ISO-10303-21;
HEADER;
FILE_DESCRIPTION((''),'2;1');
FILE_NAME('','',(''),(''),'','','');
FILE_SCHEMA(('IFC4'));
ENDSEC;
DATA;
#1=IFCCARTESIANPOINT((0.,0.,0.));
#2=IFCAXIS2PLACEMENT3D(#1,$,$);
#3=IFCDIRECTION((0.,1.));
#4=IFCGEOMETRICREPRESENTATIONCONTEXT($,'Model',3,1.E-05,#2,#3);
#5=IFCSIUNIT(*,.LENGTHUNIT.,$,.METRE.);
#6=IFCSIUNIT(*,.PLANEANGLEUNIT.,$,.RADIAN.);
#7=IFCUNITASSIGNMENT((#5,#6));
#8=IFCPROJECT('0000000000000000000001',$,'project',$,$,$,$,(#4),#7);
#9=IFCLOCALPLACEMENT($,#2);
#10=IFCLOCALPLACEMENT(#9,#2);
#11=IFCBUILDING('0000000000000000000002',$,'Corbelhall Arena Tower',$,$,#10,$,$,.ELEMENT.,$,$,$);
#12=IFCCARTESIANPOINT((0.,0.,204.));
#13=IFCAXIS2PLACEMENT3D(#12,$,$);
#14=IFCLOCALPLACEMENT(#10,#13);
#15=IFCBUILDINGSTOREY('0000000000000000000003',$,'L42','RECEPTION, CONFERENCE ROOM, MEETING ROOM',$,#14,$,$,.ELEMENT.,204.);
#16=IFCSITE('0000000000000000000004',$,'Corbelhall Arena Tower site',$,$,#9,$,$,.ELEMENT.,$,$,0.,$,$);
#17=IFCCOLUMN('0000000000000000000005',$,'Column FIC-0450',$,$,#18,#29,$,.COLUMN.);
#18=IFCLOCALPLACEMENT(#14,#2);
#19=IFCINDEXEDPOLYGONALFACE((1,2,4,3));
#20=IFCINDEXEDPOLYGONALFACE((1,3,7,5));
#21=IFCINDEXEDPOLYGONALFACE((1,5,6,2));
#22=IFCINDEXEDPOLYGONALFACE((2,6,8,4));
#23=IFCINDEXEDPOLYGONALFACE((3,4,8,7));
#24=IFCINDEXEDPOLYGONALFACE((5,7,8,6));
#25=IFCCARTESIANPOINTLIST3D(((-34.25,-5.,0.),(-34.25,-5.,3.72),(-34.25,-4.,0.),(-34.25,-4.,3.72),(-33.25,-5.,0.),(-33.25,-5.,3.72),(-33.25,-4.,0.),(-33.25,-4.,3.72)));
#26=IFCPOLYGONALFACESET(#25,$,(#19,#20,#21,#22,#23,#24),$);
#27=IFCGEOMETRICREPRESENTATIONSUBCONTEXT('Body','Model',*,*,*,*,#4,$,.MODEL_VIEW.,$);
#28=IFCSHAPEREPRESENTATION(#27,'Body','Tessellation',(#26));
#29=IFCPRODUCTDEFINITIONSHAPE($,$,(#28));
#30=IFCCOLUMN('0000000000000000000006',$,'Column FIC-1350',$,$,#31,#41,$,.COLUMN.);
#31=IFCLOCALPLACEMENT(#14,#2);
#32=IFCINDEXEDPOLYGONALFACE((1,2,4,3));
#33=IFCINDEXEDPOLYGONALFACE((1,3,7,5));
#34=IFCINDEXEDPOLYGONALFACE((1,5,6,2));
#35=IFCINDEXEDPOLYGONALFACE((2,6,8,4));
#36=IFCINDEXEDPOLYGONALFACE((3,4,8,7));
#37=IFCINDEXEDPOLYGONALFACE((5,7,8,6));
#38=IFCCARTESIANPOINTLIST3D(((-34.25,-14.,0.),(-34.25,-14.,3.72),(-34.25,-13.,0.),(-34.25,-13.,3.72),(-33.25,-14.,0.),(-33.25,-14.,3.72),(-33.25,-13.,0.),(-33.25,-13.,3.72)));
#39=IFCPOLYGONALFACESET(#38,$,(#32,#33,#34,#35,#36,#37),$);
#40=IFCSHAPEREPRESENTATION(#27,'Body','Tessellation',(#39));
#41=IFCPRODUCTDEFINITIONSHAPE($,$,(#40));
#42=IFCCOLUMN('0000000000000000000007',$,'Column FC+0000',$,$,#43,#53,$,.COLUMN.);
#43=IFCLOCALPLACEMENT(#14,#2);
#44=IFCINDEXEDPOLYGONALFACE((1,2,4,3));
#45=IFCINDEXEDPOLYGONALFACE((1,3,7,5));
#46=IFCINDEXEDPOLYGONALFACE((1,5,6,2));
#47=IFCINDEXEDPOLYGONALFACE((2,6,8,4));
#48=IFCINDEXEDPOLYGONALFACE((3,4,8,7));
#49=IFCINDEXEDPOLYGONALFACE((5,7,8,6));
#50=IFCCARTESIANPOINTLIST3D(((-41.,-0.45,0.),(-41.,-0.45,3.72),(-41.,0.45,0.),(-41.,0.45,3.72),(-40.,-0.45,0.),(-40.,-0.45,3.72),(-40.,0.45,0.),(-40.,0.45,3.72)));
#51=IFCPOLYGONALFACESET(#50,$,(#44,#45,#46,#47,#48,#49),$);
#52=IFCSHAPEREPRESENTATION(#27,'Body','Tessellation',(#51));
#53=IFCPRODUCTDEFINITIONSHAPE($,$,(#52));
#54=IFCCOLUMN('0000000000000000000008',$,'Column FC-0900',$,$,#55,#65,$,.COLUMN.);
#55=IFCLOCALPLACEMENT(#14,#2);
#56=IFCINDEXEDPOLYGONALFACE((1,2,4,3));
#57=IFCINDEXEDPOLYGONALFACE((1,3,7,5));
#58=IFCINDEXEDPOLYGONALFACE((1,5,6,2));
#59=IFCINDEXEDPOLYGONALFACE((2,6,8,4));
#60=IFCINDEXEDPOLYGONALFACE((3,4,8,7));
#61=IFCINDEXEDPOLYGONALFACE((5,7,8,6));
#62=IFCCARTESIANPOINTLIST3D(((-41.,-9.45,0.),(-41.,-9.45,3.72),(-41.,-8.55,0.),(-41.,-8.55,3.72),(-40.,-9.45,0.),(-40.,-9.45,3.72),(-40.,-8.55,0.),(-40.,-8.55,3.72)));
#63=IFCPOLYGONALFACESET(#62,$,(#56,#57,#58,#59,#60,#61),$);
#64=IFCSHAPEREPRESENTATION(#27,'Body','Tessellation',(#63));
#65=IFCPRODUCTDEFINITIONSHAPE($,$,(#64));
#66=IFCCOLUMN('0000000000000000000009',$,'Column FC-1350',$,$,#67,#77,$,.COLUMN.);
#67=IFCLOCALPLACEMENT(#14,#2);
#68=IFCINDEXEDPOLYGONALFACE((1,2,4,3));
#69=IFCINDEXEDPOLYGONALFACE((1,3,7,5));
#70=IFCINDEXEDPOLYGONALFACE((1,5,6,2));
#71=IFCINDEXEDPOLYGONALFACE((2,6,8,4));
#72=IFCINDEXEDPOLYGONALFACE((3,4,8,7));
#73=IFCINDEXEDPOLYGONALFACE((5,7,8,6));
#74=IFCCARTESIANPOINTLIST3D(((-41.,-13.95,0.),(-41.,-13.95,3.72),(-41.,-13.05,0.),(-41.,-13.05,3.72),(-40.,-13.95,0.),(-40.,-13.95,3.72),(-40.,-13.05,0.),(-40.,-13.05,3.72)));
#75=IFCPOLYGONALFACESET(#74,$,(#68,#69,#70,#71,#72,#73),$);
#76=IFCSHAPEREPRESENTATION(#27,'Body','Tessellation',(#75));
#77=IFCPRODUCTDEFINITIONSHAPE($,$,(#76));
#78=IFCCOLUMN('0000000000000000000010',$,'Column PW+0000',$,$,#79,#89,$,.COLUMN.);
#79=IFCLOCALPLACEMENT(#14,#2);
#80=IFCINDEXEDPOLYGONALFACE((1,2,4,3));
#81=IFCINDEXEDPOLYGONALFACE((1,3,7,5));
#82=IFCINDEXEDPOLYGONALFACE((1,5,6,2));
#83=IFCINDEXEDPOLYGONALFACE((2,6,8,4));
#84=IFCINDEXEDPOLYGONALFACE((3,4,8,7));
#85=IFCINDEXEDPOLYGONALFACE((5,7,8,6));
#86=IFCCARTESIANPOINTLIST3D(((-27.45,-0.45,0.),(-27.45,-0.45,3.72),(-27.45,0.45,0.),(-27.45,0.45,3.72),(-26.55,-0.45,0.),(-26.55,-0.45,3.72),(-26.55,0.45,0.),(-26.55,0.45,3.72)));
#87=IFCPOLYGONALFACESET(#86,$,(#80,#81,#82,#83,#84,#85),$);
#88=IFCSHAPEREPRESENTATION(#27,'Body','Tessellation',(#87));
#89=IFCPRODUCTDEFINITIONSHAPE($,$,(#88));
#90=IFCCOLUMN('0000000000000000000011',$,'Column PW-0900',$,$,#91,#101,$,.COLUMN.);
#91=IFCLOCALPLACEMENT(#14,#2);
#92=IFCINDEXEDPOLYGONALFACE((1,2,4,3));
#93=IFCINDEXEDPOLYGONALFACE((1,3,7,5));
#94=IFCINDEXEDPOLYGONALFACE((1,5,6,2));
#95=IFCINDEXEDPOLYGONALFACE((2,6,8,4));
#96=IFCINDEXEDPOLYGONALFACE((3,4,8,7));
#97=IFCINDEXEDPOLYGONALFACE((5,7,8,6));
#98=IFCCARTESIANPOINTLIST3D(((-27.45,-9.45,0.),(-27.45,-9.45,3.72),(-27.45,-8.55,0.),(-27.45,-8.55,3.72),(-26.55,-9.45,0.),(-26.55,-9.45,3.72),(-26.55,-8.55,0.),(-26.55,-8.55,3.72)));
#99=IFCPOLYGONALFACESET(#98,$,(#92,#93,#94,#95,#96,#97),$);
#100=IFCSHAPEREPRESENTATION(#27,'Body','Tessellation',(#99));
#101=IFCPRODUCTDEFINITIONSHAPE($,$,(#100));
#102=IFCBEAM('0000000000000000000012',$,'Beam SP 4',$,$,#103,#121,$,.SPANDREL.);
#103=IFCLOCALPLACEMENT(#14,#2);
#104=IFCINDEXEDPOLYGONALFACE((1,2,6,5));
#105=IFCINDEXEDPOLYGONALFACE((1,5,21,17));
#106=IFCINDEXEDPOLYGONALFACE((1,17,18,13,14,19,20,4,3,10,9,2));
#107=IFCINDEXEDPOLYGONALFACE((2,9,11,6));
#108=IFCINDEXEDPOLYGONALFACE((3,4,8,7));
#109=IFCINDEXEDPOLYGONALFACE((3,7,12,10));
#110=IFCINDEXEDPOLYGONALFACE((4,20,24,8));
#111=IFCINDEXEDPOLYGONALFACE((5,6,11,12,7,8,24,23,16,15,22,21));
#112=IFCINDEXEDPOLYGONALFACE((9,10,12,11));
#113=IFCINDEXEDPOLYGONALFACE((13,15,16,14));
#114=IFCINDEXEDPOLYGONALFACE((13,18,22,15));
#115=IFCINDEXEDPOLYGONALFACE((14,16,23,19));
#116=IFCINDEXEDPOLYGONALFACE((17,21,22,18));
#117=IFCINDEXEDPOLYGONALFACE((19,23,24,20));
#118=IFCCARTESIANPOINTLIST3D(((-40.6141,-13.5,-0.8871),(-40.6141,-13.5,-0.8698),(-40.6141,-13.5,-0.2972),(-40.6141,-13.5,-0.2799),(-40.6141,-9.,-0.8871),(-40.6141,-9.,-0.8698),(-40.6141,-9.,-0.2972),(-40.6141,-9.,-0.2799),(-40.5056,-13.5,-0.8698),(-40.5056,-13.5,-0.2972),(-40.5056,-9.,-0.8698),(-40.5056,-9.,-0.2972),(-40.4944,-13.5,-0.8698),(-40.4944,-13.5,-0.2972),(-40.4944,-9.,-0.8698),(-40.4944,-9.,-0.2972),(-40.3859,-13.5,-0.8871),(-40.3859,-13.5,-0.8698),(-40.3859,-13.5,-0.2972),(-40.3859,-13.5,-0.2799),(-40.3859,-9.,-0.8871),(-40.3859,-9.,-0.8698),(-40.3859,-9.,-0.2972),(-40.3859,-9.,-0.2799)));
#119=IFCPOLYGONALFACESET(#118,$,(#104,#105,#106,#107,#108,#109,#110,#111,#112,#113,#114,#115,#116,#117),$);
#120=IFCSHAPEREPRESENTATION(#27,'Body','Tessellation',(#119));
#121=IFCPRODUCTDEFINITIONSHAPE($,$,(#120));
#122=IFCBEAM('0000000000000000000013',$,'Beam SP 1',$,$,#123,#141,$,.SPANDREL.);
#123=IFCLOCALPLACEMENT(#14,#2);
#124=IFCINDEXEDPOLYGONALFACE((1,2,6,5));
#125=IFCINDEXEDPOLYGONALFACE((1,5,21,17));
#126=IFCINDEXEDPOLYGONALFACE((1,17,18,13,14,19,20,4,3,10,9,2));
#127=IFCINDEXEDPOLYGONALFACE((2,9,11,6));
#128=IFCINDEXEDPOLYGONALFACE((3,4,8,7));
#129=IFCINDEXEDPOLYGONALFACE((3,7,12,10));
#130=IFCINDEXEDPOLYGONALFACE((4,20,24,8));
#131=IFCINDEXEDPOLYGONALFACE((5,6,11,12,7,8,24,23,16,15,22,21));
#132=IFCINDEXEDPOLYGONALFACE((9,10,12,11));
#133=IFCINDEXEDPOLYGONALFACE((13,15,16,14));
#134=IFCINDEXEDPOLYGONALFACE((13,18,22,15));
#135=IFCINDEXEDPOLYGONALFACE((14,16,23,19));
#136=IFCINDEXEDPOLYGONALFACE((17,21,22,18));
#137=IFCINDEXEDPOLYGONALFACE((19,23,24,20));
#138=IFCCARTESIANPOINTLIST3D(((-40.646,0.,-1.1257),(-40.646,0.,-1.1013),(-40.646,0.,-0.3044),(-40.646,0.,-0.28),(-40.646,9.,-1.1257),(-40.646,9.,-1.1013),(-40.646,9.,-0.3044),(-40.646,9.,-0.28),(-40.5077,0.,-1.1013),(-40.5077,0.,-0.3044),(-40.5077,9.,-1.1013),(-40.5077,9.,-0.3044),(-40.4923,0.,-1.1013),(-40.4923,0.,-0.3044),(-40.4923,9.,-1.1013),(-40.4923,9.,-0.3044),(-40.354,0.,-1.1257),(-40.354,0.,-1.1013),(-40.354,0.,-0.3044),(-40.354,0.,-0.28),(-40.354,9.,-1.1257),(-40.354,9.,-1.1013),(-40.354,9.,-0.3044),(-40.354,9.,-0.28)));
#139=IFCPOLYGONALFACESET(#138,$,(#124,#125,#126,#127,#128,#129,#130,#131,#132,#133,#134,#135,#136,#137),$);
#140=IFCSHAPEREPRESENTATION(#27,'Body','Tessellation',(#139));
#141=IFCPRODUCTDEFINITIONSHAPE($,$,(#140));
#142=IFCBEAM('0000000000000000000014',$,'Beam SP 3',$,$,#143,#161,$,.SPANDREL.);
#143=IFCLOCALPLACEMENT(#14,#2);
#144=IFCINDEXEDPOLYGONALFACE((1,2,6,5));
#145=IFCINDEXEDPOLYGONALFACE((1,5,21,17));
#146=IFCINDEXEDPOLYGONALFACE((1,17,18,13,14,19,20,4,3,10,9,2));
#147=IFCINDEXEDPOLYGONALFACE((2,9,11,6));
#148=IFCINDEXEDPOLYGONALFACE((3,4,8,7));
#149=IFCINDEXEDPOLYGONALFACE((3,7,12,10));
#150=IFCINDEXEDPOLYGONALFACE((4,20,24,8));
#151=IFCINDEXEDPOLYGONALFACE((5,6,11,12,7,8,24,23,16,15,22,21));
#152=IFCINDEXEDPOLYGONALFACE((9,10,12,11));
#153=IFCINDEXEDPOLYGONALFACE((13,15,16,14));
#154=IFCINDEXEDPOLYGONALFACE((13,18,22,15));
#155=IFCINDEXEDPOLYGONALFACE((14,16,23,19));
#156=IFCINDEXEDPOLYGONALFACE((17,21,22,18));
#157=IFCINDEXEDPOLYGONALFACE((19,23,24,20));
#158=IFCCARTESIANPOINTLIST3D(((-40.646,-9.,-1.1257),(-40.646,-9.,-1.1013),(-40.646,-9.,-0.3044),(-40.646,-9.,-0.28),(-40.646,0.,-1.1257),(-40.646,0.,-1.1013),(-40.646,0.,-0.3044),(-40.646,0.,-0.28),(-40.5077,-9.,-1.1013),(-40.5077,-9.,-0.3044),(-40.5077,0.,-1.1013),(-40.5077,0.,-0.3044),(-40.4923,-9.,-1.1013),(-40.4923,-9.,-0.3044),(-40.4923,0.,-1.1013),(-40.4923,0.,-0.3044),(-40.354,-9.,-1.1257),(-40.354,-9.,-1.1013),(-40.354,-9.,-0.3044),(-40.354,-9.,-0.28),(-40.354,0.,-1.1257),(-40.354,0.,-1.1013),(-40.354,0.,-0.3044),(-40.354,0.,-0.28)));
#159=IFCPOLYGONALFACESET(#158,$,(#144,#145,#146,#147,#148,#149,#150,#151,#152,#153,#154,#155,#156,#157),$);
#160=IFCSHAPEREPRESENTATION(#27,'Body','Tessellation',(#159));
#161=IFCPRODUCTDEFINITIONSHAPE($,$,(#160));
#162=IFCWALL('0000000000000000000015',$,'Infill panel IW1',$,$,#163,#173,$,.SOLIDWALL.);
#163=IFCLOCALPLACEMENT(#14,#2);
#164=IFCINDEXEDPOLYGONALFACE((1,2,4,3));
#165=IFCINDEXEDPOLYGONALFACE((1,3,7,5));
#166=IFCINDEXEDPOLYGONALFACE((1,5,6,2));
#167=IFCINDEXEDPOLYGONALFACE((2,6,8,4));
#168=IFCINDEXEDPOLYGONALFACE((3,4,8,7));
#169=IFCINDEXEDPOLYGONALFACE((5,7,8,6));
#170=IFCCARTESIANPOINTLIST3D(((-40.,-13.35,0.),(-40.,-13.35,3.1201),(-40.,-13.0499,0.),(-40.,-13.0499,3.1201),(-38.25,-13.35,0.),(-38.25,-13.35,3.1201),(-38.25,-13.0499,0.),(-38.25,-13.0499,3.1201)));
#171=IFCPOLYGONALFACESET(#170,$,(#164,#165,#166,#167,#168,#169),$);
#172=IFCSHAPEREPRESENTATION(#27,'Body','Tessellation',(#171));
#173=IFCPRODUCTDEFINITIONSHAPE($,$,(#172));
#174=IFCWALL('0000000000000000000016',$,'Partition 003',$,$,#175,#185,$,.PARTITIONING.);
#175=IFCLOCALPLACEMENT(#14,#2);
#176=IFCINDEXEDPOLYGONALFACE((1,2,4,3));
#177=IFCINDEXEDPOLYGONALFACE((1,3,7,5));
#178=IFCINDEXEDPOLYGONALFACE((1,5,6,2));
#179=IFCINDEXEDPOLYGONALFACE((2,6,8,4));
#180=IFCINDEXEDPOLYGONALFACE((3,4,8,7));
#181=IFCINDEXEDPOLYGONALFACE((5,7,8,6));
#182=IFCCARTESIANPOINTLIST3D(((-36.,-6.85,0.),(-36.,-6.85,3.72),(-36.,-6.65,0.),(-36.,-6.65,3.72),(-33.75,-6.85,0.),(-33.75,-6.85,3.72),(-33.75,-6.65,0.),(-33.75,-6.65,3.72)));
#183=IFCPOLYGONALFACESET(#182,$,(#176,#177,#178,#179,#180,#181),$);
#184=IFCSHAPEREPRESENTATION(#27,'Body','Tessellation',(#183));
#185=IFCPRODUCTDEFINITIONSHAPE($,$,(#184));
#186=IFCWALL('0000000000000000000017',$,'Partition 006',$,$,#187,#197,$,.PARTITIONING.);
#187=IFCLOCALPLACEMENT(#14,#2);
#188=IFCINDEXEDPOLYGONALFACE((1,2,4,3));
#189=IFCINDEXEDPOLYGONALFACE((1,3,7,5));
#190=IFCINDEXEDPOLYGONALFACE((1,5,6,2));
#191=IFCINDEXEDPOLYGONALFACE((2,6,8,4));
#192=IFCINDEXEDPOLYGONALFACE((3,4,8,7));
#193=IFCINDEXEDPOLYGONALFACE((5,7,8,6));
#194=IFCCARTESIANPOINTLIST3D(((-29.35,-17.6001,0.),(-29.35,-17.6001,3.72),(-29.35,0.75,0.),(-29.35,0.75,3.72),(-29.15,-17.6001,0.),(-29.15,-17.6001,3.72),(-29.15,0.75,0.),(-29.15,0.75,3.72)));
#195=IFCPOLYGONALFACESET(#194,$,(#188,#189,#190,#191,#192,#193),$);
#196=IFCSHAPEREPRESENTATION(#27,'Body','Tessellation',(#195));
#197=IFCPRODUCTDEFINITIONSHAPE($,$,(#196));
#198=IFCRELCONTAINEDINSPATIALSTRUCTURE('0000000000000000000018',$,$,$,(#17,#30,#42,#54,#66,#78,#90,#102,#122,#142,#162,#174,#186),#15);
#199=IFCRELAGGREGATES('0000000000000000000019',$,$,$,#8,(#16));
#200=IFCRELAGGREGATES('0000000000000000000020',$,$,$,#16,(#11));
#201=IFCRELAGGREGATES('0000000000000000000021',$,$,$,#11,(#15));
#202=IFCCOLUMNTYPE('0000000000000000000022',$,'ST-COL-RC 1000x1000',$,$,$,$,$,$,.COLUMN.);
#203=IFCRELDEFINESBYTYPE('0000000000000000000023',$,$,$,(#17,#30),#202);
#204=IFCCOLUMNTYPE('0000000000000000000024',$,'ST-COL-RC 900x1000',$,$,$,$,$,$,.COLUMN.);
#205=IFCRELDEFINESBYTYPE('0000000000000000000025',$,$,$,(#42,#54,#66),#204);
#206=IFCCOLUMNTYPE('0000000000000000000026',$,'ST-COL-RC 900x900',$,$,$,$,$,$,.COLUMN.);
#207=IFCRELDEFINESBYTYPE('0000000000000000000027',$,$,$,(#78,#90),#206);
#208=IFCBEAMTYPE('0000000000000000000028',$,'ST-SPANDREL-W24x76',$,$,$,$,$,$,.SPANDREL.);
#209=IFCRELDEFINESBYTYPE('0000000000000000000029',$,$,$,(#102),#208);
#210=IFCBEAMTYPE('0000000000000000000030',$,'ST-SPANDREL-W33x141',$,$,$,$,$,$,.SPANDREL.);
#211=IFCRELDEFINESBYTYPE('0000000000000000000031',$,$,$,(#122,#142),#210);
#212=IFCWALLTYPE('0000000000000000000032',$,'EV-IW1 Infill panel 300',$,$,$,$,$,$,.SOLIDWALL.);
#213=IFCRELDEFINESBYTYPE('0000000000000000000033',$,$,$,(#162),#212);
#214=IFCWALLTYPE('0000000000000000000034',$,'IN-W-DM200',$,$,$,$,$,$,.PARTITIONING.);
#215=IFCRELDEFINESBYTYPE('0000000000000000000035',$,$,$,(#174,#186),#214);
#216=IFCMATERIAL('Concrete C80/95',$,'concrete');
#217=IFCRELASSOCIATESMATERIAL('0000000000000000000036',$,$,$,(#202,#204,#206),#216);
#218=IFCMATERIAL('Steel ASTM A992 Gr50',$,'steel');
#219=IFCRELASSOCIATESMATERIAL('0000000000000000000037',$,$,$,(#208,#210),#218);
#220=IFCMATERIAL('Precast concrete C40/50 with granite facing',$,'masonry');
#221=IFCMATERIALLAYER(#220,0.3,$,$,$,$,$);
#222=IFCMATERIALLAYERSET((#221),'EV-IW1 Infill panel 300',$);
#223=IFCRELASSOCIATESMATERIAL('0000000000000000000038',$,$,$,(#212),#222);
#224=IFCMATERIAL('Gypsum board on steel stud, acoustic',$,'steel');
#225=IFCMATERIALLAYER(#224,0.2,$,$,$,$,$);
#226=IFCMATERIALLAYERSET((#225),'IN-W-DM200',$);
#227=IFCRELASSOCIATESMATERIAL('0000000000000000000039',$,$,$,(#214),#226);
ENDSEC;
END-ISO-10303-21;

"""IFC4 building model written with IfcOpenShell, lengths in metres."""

from ifc_helpers import new_model, si_unit, direction, frame, frame_2d, origin, origin_2d, place, context, subcontext, project, spatial, rectangle, i_section, extrude, material, layer, layer_set, material_profile, profile_set, type_object, element, save


model = new_model("IFC4")

# Units and contexts
model_context = context("Model", 3, precision=1e-05, world=origin(), true_north=direction((0.0, 1.0)))
body_context = subcontext(model_context, "Body", "Model", "MODEL_VIEW")
ifc_project = project(units=[si_unit("LENGTHUNIT", "METRE"), si_unit("PLANEANGLEUNIT", "RADIAN")], contexts=[model_context])

# Site, building, storey
site_placement = place(None, origin())
site = spatial("IfcSite", under=ifc_project, at=site_placement, Name="Corbelhall Arena Tower site", CompositionType="ELEMENT", RefElevation=0.0)
building_placement = place(site_placement, origin())
building = spatial("IfcBuilding", under=site, at=building_placement, Name="Corbelhall Arena Tower", CompositionType="ELEMENT")
storey_placement = place(building_placement, frame((0.0, 0.0, 204.0)))
storey = spatial("IfcBuildingStorey", under=building, at=storey_placement, Name="L42", Description="RECEPTION, CONFERENCE ROOM, MEETING ROOM", CompositionType="ELEMENT", Elevation=204.0)

# Columns
ifc_material_1 = material(Name="Concrete C80/95", Category="concrete")
ifc_material_profile_1 = material_profile(ifc_material_1, rectangle(XDim=1.0, YDim=1.0, at=origin_2d()))
ifc_profile_set_1 = profile_set([ifc_material_profile_1], Name="Concrete C80/95")
column_type_1 = type_object("IfcColumnType", Name="ST-COL-RC 1000x1000", PredefinedType="COLUMN", material=ifc_profile_set_1)
for number, where, z_axis, x_axis, name in (
    (1, (-33.75, -4.5, 0.0), (0.0, 0.0, 1.0), (1.0, 0.0, 0.0), "Column FIC-0450"),
    (2, (-33.75, -13.5, 0.0), (0.0, 0.0, 1.0), (1.0, 0.0, 0.0), "Column FIC-1350"),
):
    element("IfcColumn", number, at=place(storey_placement, frame(where, z_axis=z_axis, x_axis=x_axis)), inside=storey, type_object=column_type_1, Name=name, PredefinedType="COLUMN", context=body_context, shape_type="SweptSolid", body=[
        extrude(rectangle(XDim=1.0, YDim=1.0, at=origin_2d()), origin(), (0.0, 0.0, 1.0), 3.72),
    ])
ifc_material_profile_2 = material_profile(ifc_material_1, rectangle(XDim=0.8999, YDim=1.0, at=origin_2d()))
ifc_profile_set_2 = profile_set([ifc_material_profile_2], Name="Concrete C80/95")
column_type_2 = type_object("IfcColumnType", Name="ST-COL-RC 900x1000", PredefinedType="COLUMN", material=ifc_profile_set_2)
for number, where, z_axis, x_axis, name in (
    (3, (-40.5, 0.0, 0.0), (0.0, 0.0, 1.0), (0.0, 1.0, 0.0), "Column FC+0000"),
    (4, (-40.5, -9.0, 0.0), (0.0, 0.0, 1.0), (0.0, 1.0, 0.0), "Column FC-0900"),
    (5, (-40.5, -13.5, 0.0), (0.0, 0.0, 1.0), (0.0, 1.0, 0.0), "Column FC-1350"),
):
    element("IfcColumn", number, at=place(storey_placement, frame(where, z_axis=z_axis, x_axis=x_axis)), inside=storey, type_object=column_type_2, Name=name, PredefinedType="COLUMN", context=body_context, shape_type="SweptSolid", body=[
        extrude(rectangle(XDim=0.8999, YDim=1.0, at=origin_2d()), origin(), (0.0, 0.0, 1.0), 3.72),
    ])
ifc_material_profile_3 = material_profile(ifc_material_1, rectangle(XDim=0.8999, YDim=0.8999, at=origin_2d()))
ifc_profile_set_3 = profile_set([ifc_material_profile_3], Name="Concrete C80/95")
column_type_3 = type_object("IfcColumnType", Name="ST-COL-RC 900x900", PredefinedType="COLUMN", material=ifc_profile_set_3)
for number, where, z_axis, x_axis, name in (
    (6, (-27.0, 0.0, 0.0), (0.0, 0.0, 1.0), (1.0, 0.0, 0.0), "Column PW+0000"),
    (7, (-27.0, -9.0, 0.0), (0.0, 0.0, 1.0), (1.0, 0.0, 0.0), "Column PW-0900"),
):
    element("IfcColumn", number, at=place(storey_placement, frame(where, z_axis=z_axis, x_axis=x_axis)), inside=storey, type_object=column_type_3, Name=name, PredefinedType="COLUMN", context=body_context, shape_type="SweptSolid", body=[
        extrude(rectangle(XDim=0.8999, YDim=0.8999, at=origin_2d()), origin(), (0.0, 0.0, 1.0), 3.72),
    ])

# Beams
ifc_material_2 = material(Name="Steel ASTM A992 Gr50", Category="steel")
ifc_material_profile_4 = material_profile(ifc_material_2, i_section(OverallWidth=0.2283, OverallDepth=0.6072, WebThickness=0.0112, FlangeThickness=0.0173, at=origin_2d()))
ifc_profile_set_4 = profile_set([ifc_material_profile_4], Name="Steel ASTM A992 Gr50")
beam_type_1 = type_object("IfcBeamType", Name="ST-SPANDREL-W24x76", PredefinedType="SPANDREL", material=ifc_profile_set_4)
beam_placement = place(storey_placement, frame((-40.5, -13.5, -0.5835), z_axis=(0.0, 1.0, 0.0), x_axis=(-1.0, 0.0, 0.0)))
element("IfcBeam", 8, at=beam_placement, inside=storey, type_object=beam_type_1, Name="Beam SP 4", PredefinedType="SPANDREL", context=body_context, shape_type="SweptSolid", body=[
    extrude(i_section(OverallWidth=0.2283, OverallDepth=0.6072, WebThickness=0.0112, FlangeThickness=0.0173, at=origin_2d()), origin(), (0.0, 0.0, 1.0), 4.5),
])
ifc_material_profile_5 = material_profile(ifc_material_2, i_section(OverallWidth=0.292, OverallDepth=0.8457, WebThickness=0.0154, FlangeThickness=0.0244, at=origin_2d()))
ifc_profile_set_5 = profile_set([ifc_material_profile_5], Name="Steel ASTM A992 Gr50")
beam_type_2 = type_object("IfcBeamType", Name="ST-SPANDREL-W33x141", PredefinedType="SPANDREL", material=ifc_profile_set_5)
for number, where, z_axis, x_axis, name in (
    (9, (-40.5, 0.0, -0.7029), (0.0, 1.0, 0.0), (-1.0, 0.0, 0.0), "Beam SP 1"),
    (10, (-40.5, -9.0, -0.7029), (0.0, 1.0, 0.0), (-1.0, 0.0, 0.0), "Beam SP 3"),
):
    element("IfcBeam", number, at=place(storey_placement, frame(where, z_axis=z_axis, x_axis=x_axis)), inside=storey, type_object=beam_type_2, Name=name, PredefinedType="SPANDREL", context=body_context, shape_type="SweptSolid", body=[
        extrude(i_section(OverallWidth=0.292, OverallDepth=0.8457, WebThickness=0.0154, FlangeThickness=0.0244, at=origin_2d()), origin(), (0.0, 0.0, 1.0), 9.0),
    ])

# Wall
ifc_material_3 = material(Name="Precast concrete C40/50 with granite facing", Category="masonry")
ifc_layer_1 = layer(ifc_material_3, 0.3)
ifc_layer_set_1 = layer_set([ifc_layer_1], Name="EV-IW1 Infill panel 300")
wall_type_1 = type_object("IfcWallType", Name="EV-IW1 Infill panel 300", PredefinedType="SOLIDWALL", material=ifc_layer_set_1)
wall_1_placement = place(storey_placement, frame((-40.0, -13.2, 0.0), z_axis=(0.0, 0.0, 1.0), x_axis=(1.0, 0.0, 0.0)))
element("IfcWall", 11, at=wall_1_placement, inside=storey, type_object=wall_type_1, Name="Infill panel IW1", PredefinedType="SOLIDWALL", context=body_context, shape_type="SweptSolid", body=[
    extrude(rectangle(XDim=1.75, YDim=0.3, at=frame_2d((0.875, 0.0))), origin(), (0.0, 0.0, 1.0), 3.1201),
])

# Wall
ifc_material_4 = material(Name="Gypsum board on steel stud, acoustic", Category="steel")
ifc_layer_2 = layer(ifc_material_4, 0.2)
ifc_layer_set_2 = layer_set([ifc_layer_2], Name="IN-W-DM200")
wall_type_2 = type_object("IfcWallType", Name="IN-W-DM200", PredefinedType="PARTITIONING", material=ifc_layer_set_2)
wall_2_placement = place(storey_placement, frame((-33.75, -6.75, 0.0), z_axis=(0.0, 0.0, 1.0), x_axis=(-1.0, 0.0, 0.0)))
element("IfcWall", 12, at=wall_2_placement, inside=storey, type_object=wall_type_2, Name="Partition 003", PredefinedType="PARTITIONING", context=body_context, shape_type="SweptSolid", body=[
    extrude(rectangle(XDim=2.25, YDim=0.2, at=frame_2d((1.125, 0.0))), origin(), (0.0, 0.0, 1.0), 3.72),
])

# Wall
wall_3_placement = place(storey_placement, frame((-29.25, 0.75, 0.0), z_axis=(0.0, 0.0, 1.0), x_axis=(0.0, -1.0, 0.0)))
element("IfcWall", 13, at=wall_3_placement, inside=storey, type_object=wall_type_2, Name="Partition 006", PredefinedType="PARTITIONING", context=body_context, shape_type="SweptSolid", body=[
    extrude(rectangle(XDim=18.3501, YDim=0.2, at=frame_2d((9.175, 0.0))), origin(), (0.0, 0.0, 1.0), 3.72),
])

save(model, "model.ifc")
